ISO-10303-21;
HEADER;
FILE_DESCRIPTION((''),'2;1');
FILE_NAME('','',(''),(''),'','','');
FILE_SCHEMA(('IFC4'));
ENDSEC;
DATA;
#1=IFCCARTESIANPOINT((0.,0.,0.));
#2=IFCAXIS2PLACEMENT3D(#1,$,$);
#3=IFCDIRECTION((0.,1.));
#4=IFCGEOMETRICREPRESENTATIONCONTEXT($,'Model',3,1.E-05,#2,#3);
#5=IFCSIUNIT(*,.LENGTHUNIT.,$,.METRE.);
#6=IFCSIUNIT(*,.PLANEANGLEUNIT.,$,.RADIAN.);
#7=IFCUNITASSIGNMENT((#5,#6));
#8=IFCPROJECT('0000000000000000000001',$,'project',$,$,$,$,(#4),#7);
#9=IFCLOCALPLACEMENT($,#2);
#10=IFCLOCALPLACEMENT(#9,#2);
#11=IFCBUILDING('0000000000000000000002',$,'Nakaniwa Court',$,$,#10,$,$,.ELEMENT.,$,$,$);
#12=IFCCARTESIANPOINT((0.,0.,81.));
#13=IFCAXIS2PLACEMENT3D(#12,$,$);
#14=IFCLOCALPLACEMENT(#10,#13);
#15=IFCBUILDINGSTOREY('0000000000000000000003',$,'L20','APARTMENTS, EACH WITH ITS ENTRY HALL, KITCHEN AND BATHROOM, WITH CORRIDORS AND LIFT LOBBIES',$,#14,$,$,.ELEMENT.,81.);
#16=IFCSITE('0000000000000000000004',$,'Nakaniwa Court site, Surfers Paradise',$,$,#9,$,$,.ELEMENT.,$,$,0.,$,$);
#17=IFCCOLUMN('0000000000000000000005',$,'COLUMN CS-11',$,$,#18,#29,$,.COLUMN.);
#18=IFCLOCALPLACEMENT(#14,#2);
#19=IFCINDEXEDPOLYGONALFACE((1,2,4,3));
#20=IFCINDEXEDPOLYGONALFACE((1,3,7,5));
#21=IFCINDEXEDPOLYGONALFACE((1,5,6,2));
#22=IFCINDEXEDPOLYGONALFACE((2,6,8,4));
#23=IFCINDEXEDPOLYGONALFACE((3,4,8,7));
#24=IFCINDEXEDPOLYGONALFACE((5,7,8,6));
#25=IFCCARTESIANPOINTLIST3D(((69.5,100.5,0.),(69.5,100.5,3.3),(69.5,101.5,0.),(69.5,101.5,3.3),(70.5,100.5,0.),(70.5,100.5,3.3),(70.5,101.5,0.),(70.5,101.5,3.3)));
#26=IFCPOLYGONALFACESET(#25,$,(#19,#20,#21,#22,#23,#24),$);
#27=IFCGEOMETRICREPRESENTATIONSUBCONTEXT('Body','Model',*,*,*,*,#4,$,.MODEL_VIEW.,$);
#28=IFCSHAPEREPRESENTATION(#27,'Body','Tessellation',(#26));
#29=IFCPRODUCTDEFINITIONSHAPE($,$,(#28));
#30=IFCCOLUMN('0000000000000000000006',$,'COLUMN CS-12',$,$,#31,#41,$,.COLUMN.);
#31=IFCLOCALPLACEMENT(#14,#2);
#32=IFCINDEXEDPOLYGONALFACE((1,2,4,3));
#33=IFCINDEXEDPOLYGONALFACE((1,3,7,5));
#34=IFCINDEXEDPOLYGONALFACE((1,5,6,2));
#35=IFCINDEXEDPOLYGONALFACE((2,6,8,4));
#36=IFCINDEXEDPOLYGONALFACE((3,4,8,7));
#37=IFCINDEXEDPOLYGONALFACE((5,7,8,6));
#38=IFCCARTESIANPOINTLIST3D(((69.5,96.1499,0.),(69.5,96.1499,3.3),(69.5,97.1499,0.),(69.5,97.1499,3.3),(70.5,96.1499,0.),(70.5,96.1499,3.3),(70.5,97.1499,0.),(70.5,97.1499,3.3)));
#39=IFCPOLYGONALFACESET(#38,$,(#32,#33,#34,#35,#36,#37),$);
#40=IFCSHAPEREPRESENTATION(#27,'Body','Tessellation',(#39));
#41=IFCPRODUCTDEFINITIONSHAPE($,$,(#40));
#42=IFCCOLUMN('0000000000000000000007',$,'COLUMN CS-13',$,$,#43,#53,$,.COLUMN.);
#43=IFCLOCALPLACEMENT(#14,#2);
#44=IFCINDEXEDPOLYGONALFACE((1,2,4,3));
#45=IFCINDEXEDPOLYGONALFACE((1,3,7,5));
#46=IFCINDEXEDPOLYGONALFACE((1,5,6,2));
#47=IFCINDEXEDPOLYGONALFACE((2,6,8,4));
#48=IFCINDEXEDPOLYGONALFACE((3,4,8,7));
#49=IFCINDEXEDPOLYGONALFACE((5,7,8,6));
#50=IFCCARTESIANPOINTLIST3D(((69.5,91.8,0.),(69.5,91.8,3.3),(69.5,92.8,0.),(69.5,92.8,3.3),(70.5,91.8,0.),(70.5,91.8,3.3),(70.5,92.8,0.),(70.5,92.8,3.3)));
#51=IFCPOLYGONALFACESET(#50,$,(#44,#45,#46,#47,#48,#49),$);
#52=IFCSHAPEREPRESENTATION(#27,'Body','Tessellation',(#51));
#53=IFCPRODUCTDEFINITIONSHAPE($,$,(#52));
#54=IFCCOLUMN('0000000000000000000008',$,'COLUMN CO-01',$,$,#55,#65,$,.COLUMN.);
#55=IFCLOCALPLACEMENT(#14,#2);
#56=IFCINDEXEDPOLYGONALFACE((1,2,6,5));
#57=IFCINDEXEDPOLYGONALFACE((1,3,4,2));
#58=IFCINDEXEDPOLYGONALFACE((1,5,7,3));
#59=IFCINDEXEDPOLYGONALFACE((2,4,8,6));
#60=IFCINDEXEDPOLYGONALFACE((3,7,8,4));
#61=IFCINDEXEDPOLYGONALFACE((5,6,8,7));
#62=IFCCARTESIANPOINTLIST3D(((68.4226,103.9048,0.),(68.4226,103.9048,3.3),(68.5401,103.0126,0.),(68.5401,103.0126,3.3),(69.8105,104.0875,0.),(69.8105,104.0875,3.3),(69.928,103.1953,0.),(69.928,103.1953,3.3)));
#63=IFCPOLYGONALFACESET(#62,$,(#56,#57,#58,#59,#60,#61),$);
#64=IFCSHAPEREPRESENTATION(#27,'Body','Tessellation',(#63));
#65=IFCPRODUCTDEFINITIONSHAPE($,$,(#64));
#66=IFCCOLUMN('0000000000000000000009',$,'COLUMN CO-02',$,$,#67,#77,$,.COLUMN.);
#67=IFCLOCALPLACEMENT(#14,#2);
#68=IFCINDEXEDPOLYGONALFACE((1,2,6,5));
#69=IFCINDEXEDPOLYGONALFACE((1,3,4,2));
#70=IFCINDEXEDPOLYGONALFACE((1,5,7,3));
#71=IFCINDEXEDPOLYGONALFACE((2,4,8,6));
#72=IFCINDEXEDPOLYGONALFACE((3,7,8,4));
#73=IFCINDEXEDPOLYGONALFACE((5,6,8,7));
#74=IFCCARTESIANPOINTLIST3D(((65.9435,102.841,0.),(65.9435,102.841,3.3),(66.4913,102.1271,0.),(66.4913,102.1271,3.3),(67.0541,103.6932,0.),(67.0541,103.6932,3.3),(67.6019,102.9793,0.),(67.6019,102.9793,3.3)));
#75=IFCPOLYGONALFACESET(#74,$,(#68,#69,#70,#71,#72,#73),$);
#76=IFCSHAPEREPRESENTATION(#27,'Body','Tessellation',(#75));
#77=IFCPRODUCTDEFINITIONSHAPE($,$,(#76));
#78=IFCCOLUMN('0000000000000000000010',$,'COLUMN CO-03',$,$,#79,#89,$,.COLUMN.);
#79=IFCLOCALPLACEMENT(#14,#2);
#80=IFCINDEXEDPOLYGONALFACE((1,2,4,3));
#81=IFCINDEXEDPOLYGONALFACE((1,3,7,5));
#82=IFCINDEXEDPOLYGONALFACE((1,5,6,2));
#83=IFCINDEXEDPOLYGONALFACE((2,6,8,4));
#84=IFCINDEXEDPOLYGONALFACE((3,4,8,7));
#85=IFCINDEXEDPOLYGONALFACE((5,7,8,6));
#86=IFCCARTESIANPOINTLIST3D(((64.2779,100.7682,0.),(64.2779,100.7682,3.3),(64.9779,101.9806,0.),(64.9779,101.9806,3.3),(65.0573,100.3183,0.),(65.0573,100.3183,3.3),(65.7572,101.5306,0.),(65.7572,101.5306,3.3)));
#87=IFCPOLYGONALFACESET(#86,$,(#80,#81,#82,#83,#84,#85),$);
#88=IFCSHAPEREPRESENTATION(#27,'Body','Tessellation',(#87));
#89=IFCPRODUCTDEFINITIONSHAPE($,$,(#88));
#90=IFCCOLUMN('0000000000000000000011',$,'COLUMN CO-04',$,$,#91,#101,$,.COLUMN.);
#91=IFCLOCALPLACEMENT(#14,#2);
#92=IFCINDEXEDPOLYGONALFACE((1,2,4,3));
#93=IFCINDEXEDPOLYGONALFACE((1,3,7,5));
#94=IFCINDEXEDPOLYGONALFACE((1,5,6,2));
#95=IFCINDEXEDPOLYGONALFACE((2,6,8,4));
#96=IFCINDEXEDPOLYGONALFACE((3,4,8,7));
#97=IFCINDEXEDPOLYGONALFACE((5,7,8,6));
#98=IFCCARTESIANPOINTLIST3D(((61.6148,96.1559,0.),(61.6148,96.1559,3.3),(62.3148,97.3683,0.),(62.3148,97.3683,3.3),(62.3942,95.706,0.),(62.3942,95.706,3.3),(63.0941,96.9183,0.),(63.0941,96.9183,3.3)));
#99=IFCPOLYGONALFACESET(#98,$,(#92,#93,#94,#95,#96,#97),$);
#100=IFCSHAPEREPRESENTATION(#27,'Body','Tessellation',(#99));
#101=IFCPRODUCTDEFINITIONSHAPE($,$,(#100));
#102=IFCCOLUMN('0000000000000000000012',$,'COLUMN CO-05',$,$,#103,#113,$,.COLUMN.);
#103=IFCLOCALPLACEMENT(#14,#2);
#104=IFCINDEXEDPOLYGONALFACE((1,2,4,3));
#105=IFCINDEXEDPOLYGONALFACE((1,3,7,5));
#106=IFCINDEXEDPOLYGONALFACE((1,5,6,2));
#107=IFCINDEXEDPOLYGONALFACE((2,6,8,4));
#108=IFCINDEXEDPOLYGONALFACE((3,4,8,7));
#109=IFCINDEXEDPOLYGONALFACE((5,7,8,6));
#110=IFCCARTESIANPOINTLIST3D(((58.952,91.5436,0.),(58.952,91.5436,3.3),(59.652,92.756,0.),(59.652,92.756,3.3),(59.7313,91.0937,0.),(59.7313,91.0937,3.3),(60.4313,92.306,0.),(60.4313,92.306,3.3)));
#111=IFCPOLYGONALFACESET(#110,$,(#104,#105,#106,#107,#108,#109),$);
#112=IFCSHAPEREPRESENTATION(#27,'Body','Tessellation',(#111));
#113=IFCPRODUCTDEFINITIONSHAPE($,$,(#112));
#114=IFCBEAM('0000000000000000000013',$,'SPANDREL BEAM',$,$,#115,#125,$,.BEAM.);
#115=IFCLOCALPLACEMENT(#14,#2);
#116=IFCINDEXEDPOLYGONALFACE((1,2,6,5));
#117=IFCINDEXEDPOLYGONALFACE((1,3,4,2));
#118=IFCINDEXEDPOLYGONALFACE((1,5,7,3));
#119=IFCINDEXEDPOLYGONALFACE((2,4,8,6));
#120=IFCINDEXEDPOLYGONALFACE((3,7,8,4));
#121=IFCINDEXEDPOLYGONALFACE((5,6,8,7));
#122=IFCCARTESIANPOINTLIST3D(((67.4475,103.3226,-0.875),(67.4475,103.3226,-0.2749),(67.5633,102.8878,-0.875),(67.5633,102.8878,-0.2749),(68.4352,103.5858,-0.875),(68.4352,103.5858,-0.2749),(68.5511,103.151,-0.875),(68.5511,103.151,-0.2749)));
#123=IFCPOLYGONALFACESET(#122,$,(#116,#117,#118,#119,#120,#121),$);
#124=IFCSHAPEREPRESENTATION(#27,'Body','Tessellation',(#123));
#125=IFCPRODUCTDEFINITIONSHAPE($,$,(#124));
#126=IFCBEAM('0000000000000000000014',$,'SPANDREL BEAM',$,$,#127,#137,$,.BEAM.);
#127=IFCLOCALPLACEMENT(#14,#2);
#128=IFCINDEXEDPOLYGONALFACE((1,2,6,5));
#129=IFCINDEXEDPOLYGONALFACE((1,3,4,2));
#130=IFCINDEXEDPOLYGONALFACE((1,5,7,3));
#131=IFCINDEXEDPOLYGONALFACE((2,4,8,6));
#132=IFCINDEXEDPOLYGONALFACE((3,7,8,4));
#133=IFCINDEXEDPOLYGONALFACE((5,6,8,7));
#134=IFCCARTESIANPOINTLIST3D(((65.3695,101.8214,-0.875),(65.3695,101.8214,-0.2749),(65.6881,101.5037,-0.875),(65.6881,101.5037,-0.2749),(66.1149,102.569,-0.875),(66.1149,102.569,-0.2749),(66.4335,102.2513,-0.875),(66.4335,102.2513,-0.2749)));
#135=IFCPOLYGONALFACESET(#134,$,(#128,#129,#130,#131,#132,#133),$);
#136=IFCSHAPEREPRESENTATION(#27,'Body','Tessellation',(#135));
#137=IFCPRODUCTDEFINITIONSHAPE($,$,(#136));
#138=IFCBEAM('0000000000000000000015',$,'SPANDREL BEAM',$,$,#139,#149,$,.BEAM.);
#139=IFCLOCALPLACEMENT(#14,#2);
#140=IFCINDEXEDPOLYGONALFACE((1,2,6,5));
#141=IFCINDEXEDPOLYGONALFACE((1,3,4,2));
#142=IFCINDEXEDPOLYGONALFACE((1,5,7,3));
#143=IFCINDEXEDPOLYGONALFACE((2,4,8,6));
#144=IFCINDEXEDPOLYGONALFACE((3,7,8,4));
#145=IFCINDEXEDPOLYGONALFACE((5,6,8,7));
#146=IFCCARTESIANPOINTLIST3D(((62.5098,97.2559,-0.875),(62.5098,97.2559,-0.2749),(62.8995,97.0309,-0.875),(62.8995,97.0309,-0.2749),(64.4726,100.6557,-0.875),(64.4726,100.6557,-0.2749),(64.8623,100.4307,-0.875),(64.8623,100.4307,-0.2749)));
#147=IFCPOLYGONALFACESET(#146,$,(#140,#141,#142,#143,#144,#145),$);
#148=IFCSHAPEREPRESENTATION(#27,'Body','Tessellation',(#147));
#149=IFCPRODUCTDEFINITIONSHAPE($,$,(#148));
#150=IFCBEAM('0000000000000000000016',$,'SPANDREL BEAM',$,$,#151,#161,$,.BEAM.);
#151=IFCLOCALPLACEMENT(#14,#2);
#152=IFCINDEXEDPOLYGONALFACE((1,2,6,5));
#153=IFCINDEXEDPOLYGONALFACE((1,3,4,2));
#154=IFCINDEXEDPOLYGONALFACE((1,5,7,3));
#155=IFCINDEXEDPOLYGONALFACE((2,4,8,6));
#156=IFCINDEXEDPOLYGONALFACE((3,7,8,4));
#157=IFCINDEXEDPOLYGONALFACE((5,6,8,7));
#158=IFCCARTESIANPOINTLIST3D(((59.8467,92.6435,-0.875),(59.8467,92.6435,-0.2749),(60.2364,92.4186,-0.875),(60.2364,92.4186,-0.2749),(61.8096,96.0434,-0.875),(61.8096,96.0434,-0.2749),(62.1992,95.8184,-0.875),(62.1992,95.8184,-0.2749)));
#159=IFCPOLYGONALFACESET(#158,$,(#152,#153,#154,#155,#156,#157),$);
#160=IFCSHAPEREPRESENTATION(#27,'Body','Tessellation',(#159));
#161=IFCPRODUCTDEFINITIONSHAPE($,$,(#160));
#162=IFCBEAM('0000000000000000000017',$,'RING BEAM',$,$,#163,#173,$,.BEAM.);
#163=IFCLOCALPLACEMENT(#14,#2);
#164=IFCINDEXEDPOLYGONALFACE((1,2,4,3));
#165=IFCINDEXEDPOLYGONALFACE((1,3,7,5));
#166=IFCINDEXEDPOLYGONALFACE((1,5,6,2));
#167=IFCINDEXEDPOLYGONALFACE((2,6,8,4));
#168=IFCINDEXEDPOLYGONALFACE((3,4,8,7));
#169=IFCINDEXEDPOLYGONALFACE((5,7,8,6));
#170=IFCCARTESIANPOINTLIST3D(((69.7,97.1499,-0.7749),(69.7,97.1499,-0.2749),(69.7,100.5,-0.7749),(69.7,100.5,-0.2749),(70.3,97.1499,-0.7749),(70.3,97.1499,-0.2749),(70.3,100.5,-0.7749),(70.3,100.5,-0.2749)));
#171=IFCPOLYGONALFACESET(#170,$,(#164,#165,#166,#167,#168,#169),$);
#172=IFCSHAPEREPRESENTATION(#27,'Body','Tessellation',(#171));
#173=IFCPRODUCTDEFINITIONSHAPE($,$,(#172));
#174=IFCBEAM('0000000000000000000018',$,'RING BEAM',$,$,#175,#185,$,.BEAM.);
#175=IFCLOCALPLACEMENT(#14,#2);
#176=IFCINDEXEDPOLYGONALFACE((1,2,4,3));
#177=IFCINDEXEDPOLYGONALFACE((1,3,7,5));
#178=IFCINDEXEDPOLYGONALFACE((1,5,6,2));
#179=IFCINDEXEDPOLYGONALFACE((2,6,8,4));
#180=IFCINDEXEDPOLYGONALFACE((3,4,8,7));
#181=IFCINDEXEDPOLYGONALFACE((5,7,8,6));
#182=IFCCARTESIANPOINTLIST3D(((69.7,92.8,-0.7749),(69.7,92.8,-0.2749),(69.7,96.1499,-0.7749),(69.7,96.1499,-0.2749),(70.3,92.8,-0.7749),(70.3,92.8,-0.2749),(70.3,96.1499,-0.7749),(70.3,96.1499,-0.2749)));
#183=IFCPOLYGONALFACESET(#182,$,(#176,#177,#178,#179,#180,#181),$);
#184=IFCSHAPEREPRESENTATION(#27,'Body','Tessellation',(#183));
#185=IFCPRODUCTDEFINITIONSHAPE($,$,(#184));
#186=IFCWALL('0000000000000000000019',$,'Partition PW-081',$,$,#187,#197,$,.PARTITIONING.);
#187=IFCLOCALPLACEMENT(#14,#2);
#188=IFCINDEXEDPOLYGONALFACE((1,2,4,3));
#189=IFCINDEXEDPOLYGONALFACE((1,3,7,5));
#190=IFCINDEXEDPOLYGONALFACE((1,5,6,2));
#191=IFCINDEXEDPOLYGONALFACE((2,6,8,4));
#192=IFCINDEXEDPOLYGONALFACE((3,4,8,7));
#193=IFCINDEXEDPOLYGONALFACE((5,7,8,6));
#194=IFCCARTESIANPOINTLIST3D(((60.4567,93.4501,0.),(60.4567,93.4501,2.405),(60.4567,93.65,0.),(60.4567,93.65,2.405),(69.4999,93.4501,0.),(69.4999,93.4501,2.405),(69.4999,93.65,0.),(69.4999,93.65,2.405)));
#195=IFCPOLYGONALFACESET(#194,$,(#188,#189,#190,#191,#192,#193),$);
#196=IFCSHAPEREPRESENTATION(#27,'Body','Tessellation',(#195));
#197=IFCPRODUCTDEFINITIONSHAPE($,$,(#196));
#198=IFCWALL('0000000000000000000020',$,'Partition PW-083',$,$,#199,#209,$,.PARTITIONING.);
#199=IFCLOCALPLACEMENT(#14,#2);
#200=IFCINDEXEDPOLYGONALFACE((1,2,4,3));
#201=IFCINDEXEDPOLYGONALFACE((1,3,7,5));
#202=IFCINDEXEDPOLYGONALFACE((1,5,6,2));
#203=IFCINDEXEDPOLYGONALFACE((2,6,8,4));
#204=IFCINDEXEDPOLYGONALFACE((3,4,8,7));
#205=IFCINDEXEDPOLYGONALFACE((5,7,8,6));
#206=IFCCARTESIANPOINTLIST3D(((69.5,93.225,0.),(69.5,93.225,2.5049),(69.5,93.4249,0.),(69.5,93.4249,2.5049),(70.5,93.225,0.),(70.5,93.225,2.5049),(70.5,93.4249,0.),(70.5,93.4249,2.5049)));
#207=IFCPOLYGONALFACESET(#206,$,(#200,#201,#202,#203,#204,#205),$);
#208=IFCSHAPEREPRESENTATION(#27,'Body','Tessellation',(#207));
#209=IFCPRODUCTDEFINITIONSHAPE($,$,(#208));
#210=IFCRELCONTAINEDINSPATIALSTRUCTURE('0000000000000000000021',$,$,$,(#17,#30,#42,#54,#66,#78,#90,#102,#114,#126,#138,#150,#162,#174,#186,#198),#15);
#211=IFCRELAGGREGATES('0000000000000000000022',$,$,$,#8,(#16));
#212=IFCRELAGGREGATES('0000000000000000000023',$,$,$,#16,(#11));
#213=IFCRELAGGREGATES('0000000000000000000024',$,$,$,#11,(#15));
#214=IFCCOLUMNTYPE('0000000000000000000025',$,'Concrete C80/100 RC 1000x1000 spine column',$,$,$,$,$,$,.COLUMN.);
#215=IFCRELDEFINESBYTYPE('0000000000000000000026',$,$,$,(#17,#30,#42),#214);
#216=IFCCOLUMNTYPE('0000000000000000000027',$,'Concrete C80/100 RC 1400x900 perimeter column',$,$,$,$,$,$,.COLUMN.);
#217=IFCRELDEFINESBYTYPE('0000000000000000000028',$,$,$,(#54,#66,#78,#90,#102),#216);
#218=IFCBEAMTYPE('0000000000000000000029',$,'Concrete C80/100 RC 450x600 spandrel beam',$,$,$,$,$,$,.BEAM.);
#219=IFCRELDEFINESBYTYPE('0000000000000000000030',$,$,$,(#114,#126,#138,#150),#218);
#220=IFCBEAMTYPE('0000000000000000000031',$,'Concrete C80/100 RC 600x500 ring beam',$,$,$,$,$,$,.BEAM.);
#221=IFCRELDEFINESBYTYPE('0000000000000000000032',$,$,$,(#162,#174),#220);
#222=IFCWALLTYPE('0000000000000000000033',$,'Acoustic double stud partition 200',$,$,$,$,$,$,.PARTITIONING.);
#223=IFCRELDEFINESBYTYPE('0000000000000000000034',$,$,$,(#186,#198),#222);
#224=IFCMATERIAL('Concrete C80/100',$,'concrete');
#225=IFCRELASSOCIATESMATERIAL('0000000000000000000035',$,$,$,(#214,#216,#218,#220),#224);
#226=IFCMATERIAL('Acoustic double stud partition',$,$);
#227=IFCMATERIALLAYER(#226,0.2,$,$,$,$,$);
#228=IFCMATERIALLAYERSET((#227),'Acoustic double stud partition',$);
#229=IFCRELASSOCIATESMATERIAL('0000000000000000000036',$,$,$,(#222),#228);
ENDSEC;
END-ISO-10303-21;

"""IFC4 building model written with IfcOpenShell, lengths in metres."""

from ifc_helpers import new_model, si_unit, direction, frame, frame_2d, origin, origin_2d, place, context, subcontext, project, spatial, rectangle, extrude, material, layer, layer_set, material_profile, profile_set, type_object, element, save


model = new_model("IFC4")

# Units and contexts
model_context = context("Model", 3, precision=1e-05, world=origin(), true_north=direction((0.0, 1.0)))
body_context = subcontext(model_context, "Body", "Model", "MODEL_VIEW")
ifc_project = project(units=[si_unit("LENGTHUNIT", "METRE"), si_unit("PLANEANGLEUNIT", "RADIAN")], contexts=[model_context])

# Site, building, storey
site_placement = place(None, origin())
site = spatial("IfcSite", under=ifc_project, at=site_placement, Name="Nakaniwa Court site, Surfers Paradise", CompositionType="ELEMENT", RefElevation=0.0)
building_placement = place(site_placement, origin())
building = spatial("IfcBuilding", under=site, at=building_placement, Name="Nakaniwa Court", CompositionType="ELEMENT")
storey_placement = place(building_placement, frame((0.0, 0.0, 81.0)))
storey = spatial("IfcBuildingStorey", under=building, at=storey_placement, Name="L20", Description="APARTMENTS, EACH WITH ITS ENTRY HALL, KITCHEN AND BATHROOM, WITH CORRIDORS AND LIFT LOBBIES", CompositionType="ELEMENT", Elevation=81.0)

# Columns
ifc_material_1 = material(Name="Concrete C80/100", Category="concrete")
ifc_material_profile_1 = material_profile(ifc_material_1, rectangle(XDim=1.0, YDim=1.0, at=origin_2d()), Name="Concrete C80/100 RC 1000x1000 spine column")
ifc_profile_set_1 = profile_set([ifc_material_profile_1], Name="Concrete C80/100")
column_type_1 = type_object("IfcColumnType", Name="Concrete C80/100 RC 1000x1000 spine column", PredefinedType="COLUMN", material=ifc_profile_set_1)
for number, where, z_axis, x_axis, name in (
    (1, (70.0, 101.0, 0.0), (0.0, 0.0, 1.0), (0.0, -1.0, 0.0), "COLUMN CS-11"),
    (2, (70.0, 96.6499, 0.0), (0.0, 0.0, 1.0), (0.0, -1.0, 0.0), "COLUMN CS-12"),
    (3, (70.0, 92.3, 0.0), (0.0, 0.0, 1.0), (0.0, -1.0, 0.0), "COLUMN CS-13"),
):
    element("IfcColumn", number, at=place(storey_placement, frame(where, z_axis=z_axis, x_axis=x_axis)), inside=storey, type_object=column_type_1, Name=name, PredefinedType="COLUMN", context=body_context, shape_type="SweptSolid", body=[
        extrude(rectangle(XDim=1.0, YDim=1.0, at=origin_2d()), origin(), (0.0, 0.0, 1.0), 3.3),
    ])
ifc_material_profile_2 = material_profile(ifc_material_1, rectangle(XDim=1.3999, YDim=0.8999, at=origin_2d()), Name="Concrete C80/100 RC 1400x900 perimeter column")
ifc_profile_set_2 = profile_set([ifc_material_profile_2], Name="Concrete C80/100")
column_type_2 = type_object("IfcColumnType", Name="Concrete C80/100 RC 1400x900 perimeter column", PredefinedType="COLUMN", material=ifc_profile_set_2)
for number, where, z_axis, x_axis, name in (
    (4, (69.1753, 103.55, 0.0), (0.0, 0.0, 1.0), (-0.991443, -0.130543, 0.0), "COLUMN CO-01"),
    (5, (66.7727, 102.9102, 0.0), (0.0, 0.0, 1.0), (-0.793364, -0.608748, 0.0), "COLUMN CO-02"),
    (6, (65.0176, 101.1494, 0.0), (0.0, 0.0, 1.0), (-0.5, -0.866025, 0.0), "COLUMN CO-03"),
    (7, (62.3545, 96.5371, 0.0), (0.0, 0.0, 1.0), (-0.5, -0.866025, 0.0), "COLUMN CO-04"),
    (8, (59.6917, 91.9248, 0.0), (0.0, 0.0, 1.0), (-0.5, -0.866025, 0.0), "COLUMN CO-05"),
):
    element("IfcColumn", number, at=place(storey_placement, frame(where, z_axis=z_axis, x_axis=x_axis)), inside=storey, type_object=column_type_2, Name=name, PredefinedType="COLUMN", context=body_context, shape_type="SweptSolid", body=[
        extrude(rectangle(XDim=1.3999, YDim=0.8999, at=origin_2d()), origin(), (0.0, 0.0, 1.0), 3.3),
    ])

# Beams
ifc_material_profile_3 = material_profile(ifc_material_1, rectangle(XDim=0.45, YDim=0.6001, at=origin_2d()), Name="Concrete C80/100 RC 450x600 spandrel beam")
ifc_profile_set_3 = profile_set([ifc_material_profile_3], Name="Concrete C80/100")
beam_type_1 = type_object("IfcBeamType", Name="Concrete C80/100 RC 450x600 spandrel beam", PredefinedType="BEAM", material=ifc_profile_set_3)
beam_1_placement = place(storey_placement, frame((68.4932, 103.3684, -0.575), z_axis=(-0.96629, -0.257455, 0.0), x_axis=(0.257455, -0.96629, 0.0)))
element("IfcBeam", 9, at=beam_1_placement, inside=storey, type_object=beam_type_1, Name="SPANDREL BEAM", PredefinedType="BEAM", context=body_context, shape_type="SweptSolid", body=[
    extrude(rectangle(XDim=0.45, YDim=0.6001, at=origin_2d()), origin(), (0.0, 0.0, 1.0), 1.0222),
])
beam_2_placement = place(storey_placement, frame((66.2742, 102.4102, -0.575), z_axis=(-0.706065, -0.708147, 0.0), x_axis=(0.708147, -0.706065, 0.0)))
element("IfcBeam", 10, at=beam_2_placement, inside=storey, type_object=beam_type_1, Name="SPANDREL BEAM", PredefinedType="BEAM", context=body_context, shape_type="SweptSolid", body=[
    extrude(rectangle(XDim=0.45, YDim=0.6001, at=origin_2d()), origin(), (0.0, 0.0, 1.0), 1.0557),
])
for number, where, z_axis, x_axis, name in (
    (11, (64.6675, 100.5432, -0.575), (-0.499992, -0.86603, 0.0), (0.86603, -0.499992, 0.0), "SPANDREL BEAM"),
    (12, (62.0044, 95.9309, -0.575), (-0.499992, -0.86603, 0.0), (0.86603, -0.499992, 0.0), "SPANDREL BEAM"),
):
    element("IfcBeam", number, at=place(storey_placement, frame(where, z_axis=z_axis, x_axis=x_axis)), inside=storey, type_object=beam_type_1, Name=name, PredefinedType="BEAM", context=body_context, shape_type="SweptSolid", body=[
        extrude(rectangle(XDim=0.45, YDim=0.6001, at=origin_2d()), origin(), (0.0, 0.0, 1.0), 3.9258),
    ])
ifc_material_profile_4 = material_profile(ifc_material_1, rectangle(XDim=0.6001, YDim=0.5, at=origin_2d()), Name="Concrete C80/100 RC 600x500 ring beam")
ifc_profile_set_4 = profile_set([ifc_material_profile_4], Name="Concrete C80/100")
beam_type_2 = type_object("IfcBeamType", Name="Concrete C80/100 RC 600x500 ring beam", PredefinedType="BEAM", material=ifc_profile_set_4)
beam_3_placement = place(storey_placement, frame((70.0, 100.5, -0.5249), z_axis=(0.0, -1.0, 0.0), x_axis=(1.0, 0.0, 0.0)))
element("IfcBeam", 13, at=beam_3_placement, inside=storey, type_object=beam_type_2, Name="RING BEAM", PredefinedType="BEAM", context=body_context, shape_type="SweptSolid", body=[
    extrude(rectangle(XDim=0.6001, YDim=0.5, at=origin_2d()), origin(), (0.0, 0.0, 1.0), 3.3501),
])
beam_4_placement = place(storey_placement, frame((70.0, 96.1499, -0.5249), z_axis=(0.0, -1.0, 0.0), x_axis=(1.0, 0.0, 0.0)))
element("IfcBeam", 14, at=beam_4_placement, inside=storey, type_object=beam_type_2, Name="RING BEAM", PredefinedType="BEAM", context=body_context, shape_type="SweptSolid", body=[
    extrude(rectangle(XDim=0.6001, YDim=0.5, at=origin_2d()), origin(), (0.0, 0.0, 1.0), 3.3499),
])

# Walls
ifc_material_2 = material(Name="Acoustic double stud partition")
ifc_layer_1 = layer(ifc_material_2, 0.2)
ifc_layer_set_1 = layer_set([ifc_layer_1], Name="Acoustic double stud partition")
wall_type_1 = type_object("IfcWallType", Name="Acoustic double stud partition 200", PredefinedType="PARTITIONING", material=ifc_layer_set_1)
wall_1_placement = place(storey_placement, frame((60.4568, 93.55, 0.0), z_axis=(0.0, 0.0, 1.0), x_axis=(1.0, 0.0, 0.0)))
element("IfcWall", 15, at=wall_1_placement, inside=storey, type_object=wall_type_1, Name="Partition PW-081", PredefinedType="PARTITIONING", context=body_context, shape_type="SweptSolid", body=[
    extrude(rectangle(XDim=9.0432, YDim=0.2, at=frame_2d((4.5215, 0.0))), origin(), (0.0, 0.0, 1.0), 2.405),
])
for number, where, z_axis, x_axis, name in (
    (16, (69.5, 93.325, 0.0), (0.0, 0.0, 1.0), (1.0, 0.0, 0.0), "Partition PW-083"),
):
    element("IfcWall", number, at=place(storey_placement, frame(where, z_axis=z_axis, x_axis=x_axis)), inside=storey, type_object=wall_type_1, Name=name, PredefinedType="PARTITIONING", context=body_context, shape_type="SweptSolid", body=[
        extrude(rectangle(XDim=1.0, YDim=0.2, at=frame_2d((0.5, 0.0))), origin(), (0.0, 0.0, 1.0), 2.5049),
    ])

save(model, "model.ifc")
